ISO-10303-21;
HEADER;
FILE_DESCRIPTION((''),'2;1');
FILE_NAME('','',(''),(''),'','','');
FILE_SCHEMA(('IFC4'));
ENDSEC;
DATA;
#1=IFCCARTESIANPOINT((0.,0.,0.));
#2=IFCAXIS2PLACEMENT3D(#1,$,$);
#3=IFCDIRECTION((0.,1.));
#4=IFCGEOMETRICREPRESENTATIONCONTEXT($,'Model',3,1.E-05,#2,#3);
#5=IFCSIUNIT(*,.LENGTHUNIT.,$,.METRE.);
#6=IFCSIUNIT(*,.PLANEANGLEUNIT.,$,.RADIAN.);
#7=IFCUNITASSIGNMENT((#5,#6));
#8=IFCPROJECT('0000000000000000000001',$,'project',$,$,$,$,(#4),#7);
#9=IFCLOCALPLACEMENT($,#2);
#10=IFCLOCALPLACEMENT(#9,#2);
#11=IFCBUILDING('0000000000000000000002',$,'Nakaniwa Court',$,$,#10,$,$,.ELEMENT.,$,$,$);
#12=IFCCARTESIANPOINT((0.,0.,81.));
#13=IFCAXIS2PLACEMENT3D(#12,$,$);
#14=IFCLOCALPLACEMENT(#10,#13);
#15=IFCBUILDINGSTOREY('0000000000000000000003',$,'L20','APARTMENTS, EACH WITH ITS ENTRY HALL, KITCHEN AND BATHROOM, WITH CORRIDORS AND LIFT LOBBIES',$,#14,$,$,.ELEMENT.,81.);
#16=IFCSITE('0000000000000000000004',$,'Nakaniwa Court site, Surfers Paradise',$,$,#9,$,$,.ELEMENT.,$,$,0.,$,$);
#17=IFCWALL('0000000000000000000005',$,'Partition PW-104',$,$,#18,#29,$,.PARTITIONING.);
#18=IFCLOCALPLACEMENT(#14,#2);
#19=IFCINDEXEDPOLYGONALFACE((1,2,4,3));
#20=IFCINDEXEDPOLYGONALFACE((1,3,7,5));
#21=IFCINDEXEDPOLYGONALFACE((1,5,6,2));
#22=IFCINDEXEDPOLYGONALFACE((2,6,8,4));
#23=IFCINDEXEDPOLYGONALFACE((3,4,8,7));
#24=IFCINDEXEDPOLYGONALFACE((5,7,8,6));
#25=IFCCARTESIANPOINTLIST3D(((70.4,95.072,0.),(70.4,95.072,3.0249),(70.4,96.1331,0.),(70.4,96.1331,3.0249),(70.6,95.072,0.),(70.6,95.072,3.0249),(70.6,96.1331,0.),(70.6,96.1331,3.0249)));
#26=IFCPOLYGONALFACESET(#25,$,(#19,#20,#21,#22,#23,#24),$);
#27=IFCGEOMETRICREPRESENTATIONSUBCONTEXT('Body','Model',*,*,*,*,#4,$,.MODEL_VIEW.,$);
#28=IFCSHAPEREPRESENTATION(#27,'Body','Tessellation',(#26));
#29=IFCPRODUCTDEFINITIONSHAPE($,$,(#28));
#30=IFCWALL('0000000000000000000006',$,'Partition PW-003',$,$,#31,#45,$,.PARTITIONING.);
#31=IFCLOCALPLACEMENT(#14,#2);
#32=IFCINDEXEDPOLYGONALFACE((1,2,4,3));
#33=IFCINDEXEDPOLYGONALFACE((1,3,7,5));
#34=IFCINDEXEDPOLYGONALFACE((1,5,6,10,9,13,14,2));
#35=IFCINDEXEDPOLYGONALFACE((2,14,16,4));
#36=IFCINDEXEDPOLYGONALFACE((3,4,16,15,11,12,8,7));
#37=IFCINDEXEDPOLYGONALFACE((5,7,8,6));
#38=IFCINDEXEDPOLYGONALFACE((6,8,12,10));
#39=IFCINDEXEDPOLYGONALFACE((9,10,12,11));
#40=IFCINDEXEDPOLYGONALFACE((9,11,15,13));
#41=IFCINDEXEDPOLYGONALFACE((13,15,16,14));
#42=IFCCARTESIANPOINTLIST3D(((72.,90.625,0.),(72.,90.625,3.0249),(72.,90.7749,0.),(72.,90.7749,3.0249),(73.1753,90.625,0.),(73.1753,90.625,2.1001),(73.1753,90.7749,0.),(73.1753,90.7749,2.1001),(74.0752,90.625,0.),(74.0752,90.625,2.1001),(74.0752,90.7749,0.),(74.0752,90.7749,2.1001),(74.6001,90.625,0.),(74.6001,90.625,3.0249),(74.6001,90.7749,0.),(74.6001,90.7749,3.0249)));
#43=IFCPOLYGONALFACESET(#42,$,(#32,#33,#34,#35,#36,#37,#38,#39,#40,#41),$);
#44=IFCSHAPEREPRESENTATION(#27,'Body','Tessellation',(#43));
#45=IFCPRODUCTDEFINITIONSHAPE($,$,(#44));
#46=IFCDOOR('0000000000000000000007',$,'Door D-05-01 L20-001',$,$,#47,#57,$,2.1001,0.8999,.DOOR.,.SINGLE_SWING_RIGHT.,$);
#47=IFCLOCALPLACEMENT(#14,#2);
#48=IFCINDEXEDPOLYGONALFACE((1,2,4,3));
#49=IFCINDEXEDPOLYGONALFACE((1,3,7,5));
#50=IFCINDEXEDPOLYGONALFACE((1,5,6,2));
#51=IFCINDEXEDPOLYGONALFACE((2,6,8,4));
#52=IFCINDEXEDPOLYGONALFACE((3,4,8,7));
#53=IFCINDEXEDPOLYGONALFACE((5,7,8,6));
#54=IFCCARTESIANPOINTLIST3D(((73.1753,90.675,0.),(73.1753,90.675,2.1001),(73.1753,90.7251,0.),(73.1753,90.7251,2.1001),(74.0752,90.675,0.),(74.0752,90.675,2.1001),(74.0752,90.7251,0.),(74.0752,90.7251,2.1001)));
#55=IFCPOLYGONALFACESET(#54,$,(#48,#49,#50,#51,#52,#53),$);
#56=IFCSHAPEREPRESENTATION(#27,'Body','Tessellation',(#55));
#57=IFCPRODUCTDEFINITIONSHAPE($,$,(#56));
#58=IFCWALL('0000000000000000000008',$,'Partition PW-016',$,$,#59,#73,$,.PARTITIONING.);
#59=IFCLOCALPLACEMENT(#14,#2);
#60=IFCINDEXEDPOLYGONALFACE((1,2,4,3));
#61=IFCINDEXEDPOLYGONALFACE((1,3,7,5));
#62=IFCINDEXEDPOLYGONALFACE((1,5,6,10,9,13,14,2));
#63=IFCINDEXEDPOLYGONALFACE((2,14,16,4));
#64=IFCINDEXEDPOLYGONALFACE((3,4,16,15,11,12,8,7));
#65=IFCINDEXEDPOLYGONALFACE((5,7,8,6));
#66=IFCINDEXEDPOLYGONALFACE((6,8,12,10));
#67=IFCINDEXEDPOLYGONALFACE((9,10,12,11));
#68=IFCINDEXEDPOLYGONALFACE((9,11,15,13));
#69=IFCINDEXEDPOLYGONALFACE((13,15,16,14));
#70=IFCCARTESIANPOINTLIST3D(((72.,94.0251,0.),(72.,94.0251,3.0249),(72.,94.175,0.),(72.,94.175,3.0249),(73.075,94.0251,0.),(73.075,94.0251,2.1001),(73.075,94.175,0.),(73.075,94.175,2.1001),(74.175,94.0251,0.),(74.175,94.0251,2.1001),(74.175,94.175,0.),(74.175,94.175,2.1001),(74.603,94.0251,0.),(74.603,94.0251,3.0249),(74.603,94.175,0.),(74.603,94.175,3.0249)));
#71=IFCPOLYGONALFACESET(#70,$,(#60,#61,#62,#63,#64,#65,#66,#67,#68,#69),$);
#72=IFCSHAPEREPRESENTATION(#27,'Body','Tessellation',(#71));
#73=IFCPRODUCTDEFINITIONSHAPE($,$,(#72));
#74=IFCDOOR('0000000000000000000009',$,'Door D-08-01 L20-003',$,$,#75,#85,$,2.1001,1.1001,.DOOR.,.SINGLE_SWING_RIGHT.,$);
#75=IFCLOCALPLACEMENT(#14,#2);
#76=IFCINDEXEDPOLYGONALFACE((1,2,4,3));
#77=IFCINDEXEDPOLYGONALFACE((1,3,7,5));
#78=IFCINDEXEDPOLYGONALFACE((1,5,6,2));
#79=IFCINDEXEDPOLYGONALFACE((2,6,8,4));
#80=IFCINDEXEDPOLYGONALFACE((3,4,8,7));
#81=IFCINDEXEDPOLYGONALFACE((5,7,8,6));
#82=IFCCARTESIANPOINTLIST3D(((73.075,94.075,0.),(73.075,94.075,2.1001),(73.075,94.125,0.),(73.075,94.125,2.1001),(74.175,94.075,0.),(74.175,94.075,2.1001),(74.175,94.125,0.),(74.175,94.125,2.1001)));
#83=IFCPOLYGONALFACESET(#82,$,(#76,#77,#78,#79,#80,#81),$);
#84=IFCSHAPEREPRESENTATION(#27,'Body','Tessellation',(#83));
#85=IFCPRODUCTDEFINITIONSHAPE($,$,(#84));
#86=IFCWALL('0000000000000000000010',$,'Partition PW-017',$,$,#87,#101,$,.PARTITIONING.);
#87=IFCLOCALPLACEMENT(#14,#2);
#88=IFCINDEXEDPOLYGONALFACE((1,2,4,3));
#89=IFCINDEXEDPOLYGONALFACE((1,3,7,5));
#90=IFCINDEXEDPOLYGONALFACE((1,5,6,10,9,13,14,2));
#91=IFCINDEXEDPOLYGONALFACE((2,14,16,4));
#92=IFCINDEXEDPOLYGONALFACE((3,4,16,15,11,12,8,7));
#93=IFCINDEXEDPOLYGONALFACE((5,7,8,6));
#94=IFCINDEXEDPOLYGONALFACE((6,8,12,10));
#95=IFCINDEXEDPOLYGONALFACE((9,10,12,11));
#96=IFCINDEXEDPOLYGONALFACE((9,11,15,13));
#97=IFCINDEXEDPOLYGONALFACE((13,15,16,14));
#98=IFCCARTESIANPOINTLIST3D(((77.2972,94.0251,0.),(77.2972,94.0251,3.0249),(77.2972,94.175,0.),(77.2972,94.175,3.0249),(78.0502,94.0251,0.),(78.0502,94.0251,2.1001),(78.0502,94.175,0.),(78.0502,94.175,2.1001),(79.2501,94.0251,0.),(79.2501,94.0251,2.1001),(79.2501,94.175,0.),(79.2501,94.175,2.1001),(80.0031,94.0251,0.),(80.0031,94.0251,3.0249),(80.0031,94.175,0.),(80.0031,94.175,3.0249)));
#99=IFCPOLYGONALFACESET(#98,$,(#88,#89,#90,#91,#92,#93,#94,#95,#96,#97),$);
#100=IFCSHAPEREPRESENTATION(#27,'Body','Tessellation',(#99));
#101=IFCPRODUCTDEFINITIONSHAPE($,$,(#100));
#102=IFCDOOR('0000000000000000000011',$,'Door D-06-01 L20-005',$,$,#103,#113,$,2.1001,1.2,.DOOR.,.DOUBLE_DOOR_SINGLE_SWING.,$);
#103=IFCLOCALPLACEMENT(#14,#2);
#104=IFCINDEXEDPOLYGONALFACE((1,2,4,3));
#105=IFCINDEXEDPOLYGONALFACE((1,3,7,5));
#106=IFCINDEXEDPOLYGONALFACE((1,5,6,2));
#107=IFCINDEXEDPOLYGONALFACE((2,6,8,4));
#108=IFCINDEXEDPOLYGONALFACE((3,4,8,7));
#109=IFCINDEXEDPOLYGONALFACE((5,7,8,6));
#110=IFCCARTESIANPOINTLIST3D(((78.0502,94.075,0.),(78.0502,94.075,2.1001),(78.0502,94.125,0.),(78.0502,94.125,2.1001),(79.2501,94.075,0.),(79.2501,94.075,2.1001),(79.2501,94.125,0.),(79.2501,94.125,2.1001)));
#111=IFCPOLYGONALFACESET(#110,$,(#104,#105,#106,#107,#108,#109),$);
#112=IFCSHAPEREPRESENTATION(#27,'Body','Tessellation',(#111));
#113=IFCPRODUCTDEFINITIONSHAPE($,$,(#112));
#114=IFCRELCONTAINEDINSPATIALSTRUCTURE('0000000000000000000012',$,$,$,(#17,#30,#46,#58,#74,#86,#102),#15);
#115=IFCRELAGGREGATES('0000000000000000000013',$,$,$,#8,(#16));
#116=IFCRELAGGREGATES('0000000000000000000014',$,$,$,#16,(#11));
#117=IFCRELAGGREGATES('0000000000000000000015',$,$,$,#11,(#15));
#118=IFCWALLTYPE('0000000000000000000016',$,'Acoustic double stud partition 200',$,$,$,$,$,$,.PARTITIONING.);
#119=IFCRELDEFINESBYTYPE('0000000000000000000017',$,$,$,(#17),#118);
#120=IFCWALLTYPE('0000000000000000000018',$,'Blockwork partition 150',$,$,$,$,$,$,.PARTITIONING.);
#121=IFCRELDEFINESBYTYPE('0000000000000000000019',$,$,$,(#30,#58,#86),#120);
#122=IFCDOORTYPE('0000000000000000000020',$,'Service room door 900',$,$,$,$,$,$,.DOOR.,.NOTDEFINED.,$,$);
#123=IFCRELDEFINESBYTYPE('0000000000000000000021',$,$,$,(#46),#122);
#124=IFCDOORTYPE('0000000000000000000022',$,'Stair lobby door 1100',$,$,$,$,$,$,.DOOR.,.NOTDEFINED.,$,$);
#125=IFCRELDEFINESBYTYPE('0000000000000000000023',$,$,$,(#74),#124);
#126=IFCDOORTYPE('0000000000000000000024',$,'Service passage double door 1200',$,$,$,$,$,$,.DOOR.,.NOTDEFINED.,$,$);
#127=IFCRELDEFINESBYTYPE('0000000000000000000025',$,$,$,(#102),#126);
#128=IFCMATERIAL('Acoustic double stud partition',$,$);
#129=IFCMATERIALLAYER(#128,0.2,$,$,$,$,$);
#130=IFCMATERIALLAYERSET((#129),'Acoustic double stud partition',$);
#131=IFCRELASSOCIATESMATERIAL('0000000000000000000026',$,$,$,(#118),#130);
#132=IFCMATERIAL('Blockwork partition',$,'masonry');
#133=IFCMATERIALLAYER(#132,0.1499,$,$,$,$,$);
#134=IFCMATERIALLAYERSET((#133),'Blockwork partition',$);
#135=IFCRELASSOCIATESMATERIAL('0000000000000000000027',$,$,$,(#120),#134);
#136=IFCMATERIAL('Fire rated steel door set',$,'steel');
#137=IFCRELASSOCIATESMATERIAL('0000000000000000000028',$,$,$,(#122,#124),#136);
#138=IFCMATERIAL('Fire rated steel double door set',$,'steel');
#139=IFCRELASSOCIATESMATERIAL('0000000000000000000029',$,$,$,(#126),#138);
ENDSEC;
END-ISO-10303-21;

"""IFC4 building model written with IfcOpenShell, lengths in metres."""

from ifc_helpers import new_model, si_unit, direction, frame, frame_2d, origin, place, context, subcontext, project, spatial, rectangle, extrude, material, layer, layer_set, type_object, element, fill, save


model = new_model("IFC4")

# Units and contexts
model_context = context("Model", 3, precision=1e-05, world=origin(), true_north=direction((0.0, 1.0)))
body_context = subcontext(model_context, "Body", "Model", "MODEL_VIEW")
ifc_project = project(units=[si_unit("LENGTHUNIT", "METRE"), si_unit("PLANEANGLEUNIT", "RADIAN")], contexts=[model_context])

# Site, building, storey
site_placement = place(None, origin())
site = spatial("IfcSite", under=ifc_project, at=site_placement, Name="Nakaniwa Court site, Surfers Paradise", CompositionType="ELEMENT", RefElevation=0.0)
building_placement = place(site_placement, origin())
building = spatial("IfcBuilding", under=site, at=building_placement, Name="Nakaniwa Court", CompositionType="ELEMENT")
storey_placement = place(building_placement, frame((0.0, 0.0, 81.0)))
storey = spatial("IfcBuildingStorey", under=building, at=storey_placement, Name="L20", Description="APARTMENTS, EACH WITH ITS ENTRY HALL, KITCHEN AND BATHROOM, WITH CORRIDORS AND LIFT LOBBIES", CompositionType="ELEMENT", Elevation=81.0)

# Wall
ifc_material_1 = material(Name="Acoustic double stud partition")
ifc_layer_1 = layer(ifc_material_1, 0.2)
ifc_layer_set_1 = layer_set([ifc_layer_1], Name="Acoustic double stud partition")
wall_type_1 = type_object("IfcWallType", Name="Acoustic double stud partition 200", PredefinedType="PARTITIONING", material=ifc_layer_set_1)
wall_1_placement = place(storey_placement, frame((70.5, 95.072, 0.0), z_axis=(0.0, 0.0, 1.0), x_axis=(0.0, 1.0, 0.0)))
element("IfcWall", 1, at=wall_1_placement, inside=storey, type_object=wall_type_1, Name="Partition PW-104", PredefinedType="PARTITIONING", context=body_context, shape_type="SweptSolid", body=[
    extrude(rectangle(XDim=1.061, YDim=0.2, at=frame_2d((0.5305, 0.0))), origin(), (0.0, 0.0, 1.0), 3.0249),
])

# Walls, openings, doors
ifc_material_2 = material(Name="Blockwork partition", Category="masonry")
ifc_layer_2 = layer(ifc_material_2, 0.1499)
ifc_layer_set_2 = layer_set([ifc_layer_2], Name="Blockwork partition")
wall_type_2 = type_object("IfcWallType", Name="Blockwork partition 150", PredefinedType="PARTITIONING", material=ifc_layer_set_2)
wall_2_placement = place(storey_placement, frame((74.6001, 90.7, 0.0), z_axis=(0.0, 0.0, 1.0), x_axis=(-1.0, 0.0, 0.0)))
wall_2 = element("IfcWall", 2, at=wall_2_placement, inside=storey, type_object=wall_type_2, Name="Partition PW-003", PredefinedType="PARTITIONING", context=body_context, shape_type="SweptSolid", body=[
    extrude(rectangle(XDim=2.6001, YDim=0.1499, at=frame_2d((1.3, 0.0))), origin(), (0.0, 0.0, 1.0), 3.0249),
])
opening_1_placement = place(wall_2_placement, frame((0.5249, 0.0, 0.0)))
opening_1 = element("IfcOpeningElement", 3, at=opening_1_placement, cuts=wall_2, PredefinedType="OPENING", context=body_context, shape_type="SweptSolid", body=[
    extrude(rectangle(XDim=0.8999, YDim=2.1001, at=frame_2d((0.45, 1.05))), frame((0.0, 0.085, 0.0), z_axis=(0.0, -1.0, 0.0), x_axis=(1.0, 0.0, 0.0)), (0.0, 0.0, 1.0), 0.1699),
])
ifc_material_3 = material(Name="Fire rated steel door set", Category="steel")
door_type_1 = type_object("IfcDoorType", Name="Service room door 900", OperationType="NOTDEFINED", PredefinedType="DOOR", material=ifc_material_3)
door_1_placement = place(opening_1_placement, origin())
door_1 = element("IfcDoor", 4, at=door_1_placement, inside=storey, type_object=door_type_1, Name="Door D-05-01 L20-001", OperationType="SINGLE_SWING_RIGHT", OverallHeight=2.1001, OverallWidth=0.8999, PredefinedType="DOOR", context=body_context, shape_type="SweptSolid", body=[
    extrude(rectangle(XDim=0.8999, YDim=2.1001, at=frame_2d((0.45, 1.05))), frame((0.0, 0.0249, 0.0), z_axis=(0.0, -1.0, 0.0), x_axis=(1.0, 0.0, 0.0)), (0.0, 0.0, 1.0), 0.05),
])
fill(opening_1, door_1)
wall_3_placement = place(storey_placement, frame((72.0, 94.1001, 0.0), z_axis=(0.0, 0.0, 1.0), x_axis=(1.0, 0.0, 0.0)))
wall_3 = element("IfcWall", 5, at=wall_3_placement, inside=storey, type_object=wall_type_2, Name="Partition PW-016", PredefinedType="PARTITIONING", context=body_context, shape_type="SweptSolid", body=[
    extrude(rectangle(XDim=2.603, YDim=0.1499, at=frame_2d((1.3015, 0.0))), origin(), (0.0, 0.0, 1.0), 3.0249),
])
opening_2_placement = place(wall_3_placement, frame((1.075, 0.0, 0.0)))
opening_2 = element("IfcOpeningElement", 6, at=opening_2_placement, cuts=wall_3, PredefinedType="OPENING", context=body_context, shape_type="SweptSolid", body=[
    extrude(rectangle(XDim=1.1001, YDim=2.1001, at=frame_2d((0.55, 1.05))), frame((0.0, 0.085, 0.0), z_axis=(0.0, -1.0, 0.0), x_axis=(1.0, 0.0, 0.0)), (0.0, 0.0, 1.0), 0.1699),
])
door_type_2 = type_object("IfcDoorType", Name="Stair lobby door 1100", OperationType="NOTDEFINED", PredefinedType="DOOR", material=ifc_material_3)
door_2_placement = place(opening_2_placement, origin())
door_2 = element("IfcDoor", 7, at=door_2_placement, inside=storey, type_object=door_type_2, Name="Door D-08-01 L20-003", OperationType="SINGLE_SWING_RIGHT", OverallHeight=2.1001, OverallWidth=1.1001, PredefinedType="DOOR", context=body_context, shape_type="SweptSolid", body=[
    extrude(rectangle(XDim=1.1001, YDim=2.1001, at=frame_2d((0.55, 1.05))), frame((0.0, 0.0249, 0.0), z_axis=(0.0, -1.0, 0.0), x_axis=(1.0, 0.0, 0.0)), (0.0, 0.0, 1.0), 0.05),
])
fill(opening_2, door_2)
wall_4_placement = place(storey_placement, frame((77.2971, 94.1001, 0.0), z_axis=(0.0, 0.0, 1.0), x_axis=(1.0, 0.0, 0.0)))
wall_4 = element("IfcWall", 8, at=wall_4_placement, inside=storey, type_object=wall_type_2, Name="Partition PW-017", PredefinedType="PARTITIONING", context=body_context, shape_type="SweptSolid", body=[
    extrude(rectangle(XDim=2.7058, YDim=0.1499, at=frame_2d((1.353, 0.0))), origin(), (0.0, 0.0, 1.0), 3.0249),
])
opening_3_placement = place(wall_4_placement, frame((0.7529, 0.0, 0.0)))
opening_3 = element("IfcOpeningElement", 9, at=opening_3_placement, cuts=wall_4, PredefinedType="OPENING", context=body_context, shape_type="SweptSolid", body=[
    extrude(rectangle(XDim=1.2, YDim=2.1001, at=frame_2d((0.6001, 1.05))), frame((0.0, 0.085, 0.0), z_axis=(0.0, -1.0, 0.0), x_axis=(1.0, 0.0, 0.0)), (0.0, 0.0, 1.0), 0.1699),
])
ifc_material_4 = material(Name="Fire rated steel double door set", Category="steel")
door_type_3 = type_object("IfcDoorType", Name="Service passage double door 1200", OperationType="NOTDEFINED", PredefinedType="DOOR", material=ifc_material_4)
door_3_placement = place(opening_3_placement, origin())
door_3 = element("IfcDoor", 10, at=door_3_placement, inside=storey, type_object=door_type_3, Name="Door D-06-01 L20-005", OperationType="DOUBLE_DOOR_SINGLE_SWING", OverallHeight=2.1001, OverallWidth=1.2, PredefinedType="DOOR", context=body_context, shape_type="SweptSolid", body=[
    extrude(rectangle(XDim=1.2, YDim=2.1001, at=frame_2d((0.6001, 1.05))), frame((0.0, 0.0249, 0.0), z_axis=(0.0, -1.0, 0.0), x_axis=(1.0, 0.0, 0.0)), (0.0, 0.0, 1.0), 0.05),
])
fill(opening_3, door_3)

save(model, "model.ifc")
